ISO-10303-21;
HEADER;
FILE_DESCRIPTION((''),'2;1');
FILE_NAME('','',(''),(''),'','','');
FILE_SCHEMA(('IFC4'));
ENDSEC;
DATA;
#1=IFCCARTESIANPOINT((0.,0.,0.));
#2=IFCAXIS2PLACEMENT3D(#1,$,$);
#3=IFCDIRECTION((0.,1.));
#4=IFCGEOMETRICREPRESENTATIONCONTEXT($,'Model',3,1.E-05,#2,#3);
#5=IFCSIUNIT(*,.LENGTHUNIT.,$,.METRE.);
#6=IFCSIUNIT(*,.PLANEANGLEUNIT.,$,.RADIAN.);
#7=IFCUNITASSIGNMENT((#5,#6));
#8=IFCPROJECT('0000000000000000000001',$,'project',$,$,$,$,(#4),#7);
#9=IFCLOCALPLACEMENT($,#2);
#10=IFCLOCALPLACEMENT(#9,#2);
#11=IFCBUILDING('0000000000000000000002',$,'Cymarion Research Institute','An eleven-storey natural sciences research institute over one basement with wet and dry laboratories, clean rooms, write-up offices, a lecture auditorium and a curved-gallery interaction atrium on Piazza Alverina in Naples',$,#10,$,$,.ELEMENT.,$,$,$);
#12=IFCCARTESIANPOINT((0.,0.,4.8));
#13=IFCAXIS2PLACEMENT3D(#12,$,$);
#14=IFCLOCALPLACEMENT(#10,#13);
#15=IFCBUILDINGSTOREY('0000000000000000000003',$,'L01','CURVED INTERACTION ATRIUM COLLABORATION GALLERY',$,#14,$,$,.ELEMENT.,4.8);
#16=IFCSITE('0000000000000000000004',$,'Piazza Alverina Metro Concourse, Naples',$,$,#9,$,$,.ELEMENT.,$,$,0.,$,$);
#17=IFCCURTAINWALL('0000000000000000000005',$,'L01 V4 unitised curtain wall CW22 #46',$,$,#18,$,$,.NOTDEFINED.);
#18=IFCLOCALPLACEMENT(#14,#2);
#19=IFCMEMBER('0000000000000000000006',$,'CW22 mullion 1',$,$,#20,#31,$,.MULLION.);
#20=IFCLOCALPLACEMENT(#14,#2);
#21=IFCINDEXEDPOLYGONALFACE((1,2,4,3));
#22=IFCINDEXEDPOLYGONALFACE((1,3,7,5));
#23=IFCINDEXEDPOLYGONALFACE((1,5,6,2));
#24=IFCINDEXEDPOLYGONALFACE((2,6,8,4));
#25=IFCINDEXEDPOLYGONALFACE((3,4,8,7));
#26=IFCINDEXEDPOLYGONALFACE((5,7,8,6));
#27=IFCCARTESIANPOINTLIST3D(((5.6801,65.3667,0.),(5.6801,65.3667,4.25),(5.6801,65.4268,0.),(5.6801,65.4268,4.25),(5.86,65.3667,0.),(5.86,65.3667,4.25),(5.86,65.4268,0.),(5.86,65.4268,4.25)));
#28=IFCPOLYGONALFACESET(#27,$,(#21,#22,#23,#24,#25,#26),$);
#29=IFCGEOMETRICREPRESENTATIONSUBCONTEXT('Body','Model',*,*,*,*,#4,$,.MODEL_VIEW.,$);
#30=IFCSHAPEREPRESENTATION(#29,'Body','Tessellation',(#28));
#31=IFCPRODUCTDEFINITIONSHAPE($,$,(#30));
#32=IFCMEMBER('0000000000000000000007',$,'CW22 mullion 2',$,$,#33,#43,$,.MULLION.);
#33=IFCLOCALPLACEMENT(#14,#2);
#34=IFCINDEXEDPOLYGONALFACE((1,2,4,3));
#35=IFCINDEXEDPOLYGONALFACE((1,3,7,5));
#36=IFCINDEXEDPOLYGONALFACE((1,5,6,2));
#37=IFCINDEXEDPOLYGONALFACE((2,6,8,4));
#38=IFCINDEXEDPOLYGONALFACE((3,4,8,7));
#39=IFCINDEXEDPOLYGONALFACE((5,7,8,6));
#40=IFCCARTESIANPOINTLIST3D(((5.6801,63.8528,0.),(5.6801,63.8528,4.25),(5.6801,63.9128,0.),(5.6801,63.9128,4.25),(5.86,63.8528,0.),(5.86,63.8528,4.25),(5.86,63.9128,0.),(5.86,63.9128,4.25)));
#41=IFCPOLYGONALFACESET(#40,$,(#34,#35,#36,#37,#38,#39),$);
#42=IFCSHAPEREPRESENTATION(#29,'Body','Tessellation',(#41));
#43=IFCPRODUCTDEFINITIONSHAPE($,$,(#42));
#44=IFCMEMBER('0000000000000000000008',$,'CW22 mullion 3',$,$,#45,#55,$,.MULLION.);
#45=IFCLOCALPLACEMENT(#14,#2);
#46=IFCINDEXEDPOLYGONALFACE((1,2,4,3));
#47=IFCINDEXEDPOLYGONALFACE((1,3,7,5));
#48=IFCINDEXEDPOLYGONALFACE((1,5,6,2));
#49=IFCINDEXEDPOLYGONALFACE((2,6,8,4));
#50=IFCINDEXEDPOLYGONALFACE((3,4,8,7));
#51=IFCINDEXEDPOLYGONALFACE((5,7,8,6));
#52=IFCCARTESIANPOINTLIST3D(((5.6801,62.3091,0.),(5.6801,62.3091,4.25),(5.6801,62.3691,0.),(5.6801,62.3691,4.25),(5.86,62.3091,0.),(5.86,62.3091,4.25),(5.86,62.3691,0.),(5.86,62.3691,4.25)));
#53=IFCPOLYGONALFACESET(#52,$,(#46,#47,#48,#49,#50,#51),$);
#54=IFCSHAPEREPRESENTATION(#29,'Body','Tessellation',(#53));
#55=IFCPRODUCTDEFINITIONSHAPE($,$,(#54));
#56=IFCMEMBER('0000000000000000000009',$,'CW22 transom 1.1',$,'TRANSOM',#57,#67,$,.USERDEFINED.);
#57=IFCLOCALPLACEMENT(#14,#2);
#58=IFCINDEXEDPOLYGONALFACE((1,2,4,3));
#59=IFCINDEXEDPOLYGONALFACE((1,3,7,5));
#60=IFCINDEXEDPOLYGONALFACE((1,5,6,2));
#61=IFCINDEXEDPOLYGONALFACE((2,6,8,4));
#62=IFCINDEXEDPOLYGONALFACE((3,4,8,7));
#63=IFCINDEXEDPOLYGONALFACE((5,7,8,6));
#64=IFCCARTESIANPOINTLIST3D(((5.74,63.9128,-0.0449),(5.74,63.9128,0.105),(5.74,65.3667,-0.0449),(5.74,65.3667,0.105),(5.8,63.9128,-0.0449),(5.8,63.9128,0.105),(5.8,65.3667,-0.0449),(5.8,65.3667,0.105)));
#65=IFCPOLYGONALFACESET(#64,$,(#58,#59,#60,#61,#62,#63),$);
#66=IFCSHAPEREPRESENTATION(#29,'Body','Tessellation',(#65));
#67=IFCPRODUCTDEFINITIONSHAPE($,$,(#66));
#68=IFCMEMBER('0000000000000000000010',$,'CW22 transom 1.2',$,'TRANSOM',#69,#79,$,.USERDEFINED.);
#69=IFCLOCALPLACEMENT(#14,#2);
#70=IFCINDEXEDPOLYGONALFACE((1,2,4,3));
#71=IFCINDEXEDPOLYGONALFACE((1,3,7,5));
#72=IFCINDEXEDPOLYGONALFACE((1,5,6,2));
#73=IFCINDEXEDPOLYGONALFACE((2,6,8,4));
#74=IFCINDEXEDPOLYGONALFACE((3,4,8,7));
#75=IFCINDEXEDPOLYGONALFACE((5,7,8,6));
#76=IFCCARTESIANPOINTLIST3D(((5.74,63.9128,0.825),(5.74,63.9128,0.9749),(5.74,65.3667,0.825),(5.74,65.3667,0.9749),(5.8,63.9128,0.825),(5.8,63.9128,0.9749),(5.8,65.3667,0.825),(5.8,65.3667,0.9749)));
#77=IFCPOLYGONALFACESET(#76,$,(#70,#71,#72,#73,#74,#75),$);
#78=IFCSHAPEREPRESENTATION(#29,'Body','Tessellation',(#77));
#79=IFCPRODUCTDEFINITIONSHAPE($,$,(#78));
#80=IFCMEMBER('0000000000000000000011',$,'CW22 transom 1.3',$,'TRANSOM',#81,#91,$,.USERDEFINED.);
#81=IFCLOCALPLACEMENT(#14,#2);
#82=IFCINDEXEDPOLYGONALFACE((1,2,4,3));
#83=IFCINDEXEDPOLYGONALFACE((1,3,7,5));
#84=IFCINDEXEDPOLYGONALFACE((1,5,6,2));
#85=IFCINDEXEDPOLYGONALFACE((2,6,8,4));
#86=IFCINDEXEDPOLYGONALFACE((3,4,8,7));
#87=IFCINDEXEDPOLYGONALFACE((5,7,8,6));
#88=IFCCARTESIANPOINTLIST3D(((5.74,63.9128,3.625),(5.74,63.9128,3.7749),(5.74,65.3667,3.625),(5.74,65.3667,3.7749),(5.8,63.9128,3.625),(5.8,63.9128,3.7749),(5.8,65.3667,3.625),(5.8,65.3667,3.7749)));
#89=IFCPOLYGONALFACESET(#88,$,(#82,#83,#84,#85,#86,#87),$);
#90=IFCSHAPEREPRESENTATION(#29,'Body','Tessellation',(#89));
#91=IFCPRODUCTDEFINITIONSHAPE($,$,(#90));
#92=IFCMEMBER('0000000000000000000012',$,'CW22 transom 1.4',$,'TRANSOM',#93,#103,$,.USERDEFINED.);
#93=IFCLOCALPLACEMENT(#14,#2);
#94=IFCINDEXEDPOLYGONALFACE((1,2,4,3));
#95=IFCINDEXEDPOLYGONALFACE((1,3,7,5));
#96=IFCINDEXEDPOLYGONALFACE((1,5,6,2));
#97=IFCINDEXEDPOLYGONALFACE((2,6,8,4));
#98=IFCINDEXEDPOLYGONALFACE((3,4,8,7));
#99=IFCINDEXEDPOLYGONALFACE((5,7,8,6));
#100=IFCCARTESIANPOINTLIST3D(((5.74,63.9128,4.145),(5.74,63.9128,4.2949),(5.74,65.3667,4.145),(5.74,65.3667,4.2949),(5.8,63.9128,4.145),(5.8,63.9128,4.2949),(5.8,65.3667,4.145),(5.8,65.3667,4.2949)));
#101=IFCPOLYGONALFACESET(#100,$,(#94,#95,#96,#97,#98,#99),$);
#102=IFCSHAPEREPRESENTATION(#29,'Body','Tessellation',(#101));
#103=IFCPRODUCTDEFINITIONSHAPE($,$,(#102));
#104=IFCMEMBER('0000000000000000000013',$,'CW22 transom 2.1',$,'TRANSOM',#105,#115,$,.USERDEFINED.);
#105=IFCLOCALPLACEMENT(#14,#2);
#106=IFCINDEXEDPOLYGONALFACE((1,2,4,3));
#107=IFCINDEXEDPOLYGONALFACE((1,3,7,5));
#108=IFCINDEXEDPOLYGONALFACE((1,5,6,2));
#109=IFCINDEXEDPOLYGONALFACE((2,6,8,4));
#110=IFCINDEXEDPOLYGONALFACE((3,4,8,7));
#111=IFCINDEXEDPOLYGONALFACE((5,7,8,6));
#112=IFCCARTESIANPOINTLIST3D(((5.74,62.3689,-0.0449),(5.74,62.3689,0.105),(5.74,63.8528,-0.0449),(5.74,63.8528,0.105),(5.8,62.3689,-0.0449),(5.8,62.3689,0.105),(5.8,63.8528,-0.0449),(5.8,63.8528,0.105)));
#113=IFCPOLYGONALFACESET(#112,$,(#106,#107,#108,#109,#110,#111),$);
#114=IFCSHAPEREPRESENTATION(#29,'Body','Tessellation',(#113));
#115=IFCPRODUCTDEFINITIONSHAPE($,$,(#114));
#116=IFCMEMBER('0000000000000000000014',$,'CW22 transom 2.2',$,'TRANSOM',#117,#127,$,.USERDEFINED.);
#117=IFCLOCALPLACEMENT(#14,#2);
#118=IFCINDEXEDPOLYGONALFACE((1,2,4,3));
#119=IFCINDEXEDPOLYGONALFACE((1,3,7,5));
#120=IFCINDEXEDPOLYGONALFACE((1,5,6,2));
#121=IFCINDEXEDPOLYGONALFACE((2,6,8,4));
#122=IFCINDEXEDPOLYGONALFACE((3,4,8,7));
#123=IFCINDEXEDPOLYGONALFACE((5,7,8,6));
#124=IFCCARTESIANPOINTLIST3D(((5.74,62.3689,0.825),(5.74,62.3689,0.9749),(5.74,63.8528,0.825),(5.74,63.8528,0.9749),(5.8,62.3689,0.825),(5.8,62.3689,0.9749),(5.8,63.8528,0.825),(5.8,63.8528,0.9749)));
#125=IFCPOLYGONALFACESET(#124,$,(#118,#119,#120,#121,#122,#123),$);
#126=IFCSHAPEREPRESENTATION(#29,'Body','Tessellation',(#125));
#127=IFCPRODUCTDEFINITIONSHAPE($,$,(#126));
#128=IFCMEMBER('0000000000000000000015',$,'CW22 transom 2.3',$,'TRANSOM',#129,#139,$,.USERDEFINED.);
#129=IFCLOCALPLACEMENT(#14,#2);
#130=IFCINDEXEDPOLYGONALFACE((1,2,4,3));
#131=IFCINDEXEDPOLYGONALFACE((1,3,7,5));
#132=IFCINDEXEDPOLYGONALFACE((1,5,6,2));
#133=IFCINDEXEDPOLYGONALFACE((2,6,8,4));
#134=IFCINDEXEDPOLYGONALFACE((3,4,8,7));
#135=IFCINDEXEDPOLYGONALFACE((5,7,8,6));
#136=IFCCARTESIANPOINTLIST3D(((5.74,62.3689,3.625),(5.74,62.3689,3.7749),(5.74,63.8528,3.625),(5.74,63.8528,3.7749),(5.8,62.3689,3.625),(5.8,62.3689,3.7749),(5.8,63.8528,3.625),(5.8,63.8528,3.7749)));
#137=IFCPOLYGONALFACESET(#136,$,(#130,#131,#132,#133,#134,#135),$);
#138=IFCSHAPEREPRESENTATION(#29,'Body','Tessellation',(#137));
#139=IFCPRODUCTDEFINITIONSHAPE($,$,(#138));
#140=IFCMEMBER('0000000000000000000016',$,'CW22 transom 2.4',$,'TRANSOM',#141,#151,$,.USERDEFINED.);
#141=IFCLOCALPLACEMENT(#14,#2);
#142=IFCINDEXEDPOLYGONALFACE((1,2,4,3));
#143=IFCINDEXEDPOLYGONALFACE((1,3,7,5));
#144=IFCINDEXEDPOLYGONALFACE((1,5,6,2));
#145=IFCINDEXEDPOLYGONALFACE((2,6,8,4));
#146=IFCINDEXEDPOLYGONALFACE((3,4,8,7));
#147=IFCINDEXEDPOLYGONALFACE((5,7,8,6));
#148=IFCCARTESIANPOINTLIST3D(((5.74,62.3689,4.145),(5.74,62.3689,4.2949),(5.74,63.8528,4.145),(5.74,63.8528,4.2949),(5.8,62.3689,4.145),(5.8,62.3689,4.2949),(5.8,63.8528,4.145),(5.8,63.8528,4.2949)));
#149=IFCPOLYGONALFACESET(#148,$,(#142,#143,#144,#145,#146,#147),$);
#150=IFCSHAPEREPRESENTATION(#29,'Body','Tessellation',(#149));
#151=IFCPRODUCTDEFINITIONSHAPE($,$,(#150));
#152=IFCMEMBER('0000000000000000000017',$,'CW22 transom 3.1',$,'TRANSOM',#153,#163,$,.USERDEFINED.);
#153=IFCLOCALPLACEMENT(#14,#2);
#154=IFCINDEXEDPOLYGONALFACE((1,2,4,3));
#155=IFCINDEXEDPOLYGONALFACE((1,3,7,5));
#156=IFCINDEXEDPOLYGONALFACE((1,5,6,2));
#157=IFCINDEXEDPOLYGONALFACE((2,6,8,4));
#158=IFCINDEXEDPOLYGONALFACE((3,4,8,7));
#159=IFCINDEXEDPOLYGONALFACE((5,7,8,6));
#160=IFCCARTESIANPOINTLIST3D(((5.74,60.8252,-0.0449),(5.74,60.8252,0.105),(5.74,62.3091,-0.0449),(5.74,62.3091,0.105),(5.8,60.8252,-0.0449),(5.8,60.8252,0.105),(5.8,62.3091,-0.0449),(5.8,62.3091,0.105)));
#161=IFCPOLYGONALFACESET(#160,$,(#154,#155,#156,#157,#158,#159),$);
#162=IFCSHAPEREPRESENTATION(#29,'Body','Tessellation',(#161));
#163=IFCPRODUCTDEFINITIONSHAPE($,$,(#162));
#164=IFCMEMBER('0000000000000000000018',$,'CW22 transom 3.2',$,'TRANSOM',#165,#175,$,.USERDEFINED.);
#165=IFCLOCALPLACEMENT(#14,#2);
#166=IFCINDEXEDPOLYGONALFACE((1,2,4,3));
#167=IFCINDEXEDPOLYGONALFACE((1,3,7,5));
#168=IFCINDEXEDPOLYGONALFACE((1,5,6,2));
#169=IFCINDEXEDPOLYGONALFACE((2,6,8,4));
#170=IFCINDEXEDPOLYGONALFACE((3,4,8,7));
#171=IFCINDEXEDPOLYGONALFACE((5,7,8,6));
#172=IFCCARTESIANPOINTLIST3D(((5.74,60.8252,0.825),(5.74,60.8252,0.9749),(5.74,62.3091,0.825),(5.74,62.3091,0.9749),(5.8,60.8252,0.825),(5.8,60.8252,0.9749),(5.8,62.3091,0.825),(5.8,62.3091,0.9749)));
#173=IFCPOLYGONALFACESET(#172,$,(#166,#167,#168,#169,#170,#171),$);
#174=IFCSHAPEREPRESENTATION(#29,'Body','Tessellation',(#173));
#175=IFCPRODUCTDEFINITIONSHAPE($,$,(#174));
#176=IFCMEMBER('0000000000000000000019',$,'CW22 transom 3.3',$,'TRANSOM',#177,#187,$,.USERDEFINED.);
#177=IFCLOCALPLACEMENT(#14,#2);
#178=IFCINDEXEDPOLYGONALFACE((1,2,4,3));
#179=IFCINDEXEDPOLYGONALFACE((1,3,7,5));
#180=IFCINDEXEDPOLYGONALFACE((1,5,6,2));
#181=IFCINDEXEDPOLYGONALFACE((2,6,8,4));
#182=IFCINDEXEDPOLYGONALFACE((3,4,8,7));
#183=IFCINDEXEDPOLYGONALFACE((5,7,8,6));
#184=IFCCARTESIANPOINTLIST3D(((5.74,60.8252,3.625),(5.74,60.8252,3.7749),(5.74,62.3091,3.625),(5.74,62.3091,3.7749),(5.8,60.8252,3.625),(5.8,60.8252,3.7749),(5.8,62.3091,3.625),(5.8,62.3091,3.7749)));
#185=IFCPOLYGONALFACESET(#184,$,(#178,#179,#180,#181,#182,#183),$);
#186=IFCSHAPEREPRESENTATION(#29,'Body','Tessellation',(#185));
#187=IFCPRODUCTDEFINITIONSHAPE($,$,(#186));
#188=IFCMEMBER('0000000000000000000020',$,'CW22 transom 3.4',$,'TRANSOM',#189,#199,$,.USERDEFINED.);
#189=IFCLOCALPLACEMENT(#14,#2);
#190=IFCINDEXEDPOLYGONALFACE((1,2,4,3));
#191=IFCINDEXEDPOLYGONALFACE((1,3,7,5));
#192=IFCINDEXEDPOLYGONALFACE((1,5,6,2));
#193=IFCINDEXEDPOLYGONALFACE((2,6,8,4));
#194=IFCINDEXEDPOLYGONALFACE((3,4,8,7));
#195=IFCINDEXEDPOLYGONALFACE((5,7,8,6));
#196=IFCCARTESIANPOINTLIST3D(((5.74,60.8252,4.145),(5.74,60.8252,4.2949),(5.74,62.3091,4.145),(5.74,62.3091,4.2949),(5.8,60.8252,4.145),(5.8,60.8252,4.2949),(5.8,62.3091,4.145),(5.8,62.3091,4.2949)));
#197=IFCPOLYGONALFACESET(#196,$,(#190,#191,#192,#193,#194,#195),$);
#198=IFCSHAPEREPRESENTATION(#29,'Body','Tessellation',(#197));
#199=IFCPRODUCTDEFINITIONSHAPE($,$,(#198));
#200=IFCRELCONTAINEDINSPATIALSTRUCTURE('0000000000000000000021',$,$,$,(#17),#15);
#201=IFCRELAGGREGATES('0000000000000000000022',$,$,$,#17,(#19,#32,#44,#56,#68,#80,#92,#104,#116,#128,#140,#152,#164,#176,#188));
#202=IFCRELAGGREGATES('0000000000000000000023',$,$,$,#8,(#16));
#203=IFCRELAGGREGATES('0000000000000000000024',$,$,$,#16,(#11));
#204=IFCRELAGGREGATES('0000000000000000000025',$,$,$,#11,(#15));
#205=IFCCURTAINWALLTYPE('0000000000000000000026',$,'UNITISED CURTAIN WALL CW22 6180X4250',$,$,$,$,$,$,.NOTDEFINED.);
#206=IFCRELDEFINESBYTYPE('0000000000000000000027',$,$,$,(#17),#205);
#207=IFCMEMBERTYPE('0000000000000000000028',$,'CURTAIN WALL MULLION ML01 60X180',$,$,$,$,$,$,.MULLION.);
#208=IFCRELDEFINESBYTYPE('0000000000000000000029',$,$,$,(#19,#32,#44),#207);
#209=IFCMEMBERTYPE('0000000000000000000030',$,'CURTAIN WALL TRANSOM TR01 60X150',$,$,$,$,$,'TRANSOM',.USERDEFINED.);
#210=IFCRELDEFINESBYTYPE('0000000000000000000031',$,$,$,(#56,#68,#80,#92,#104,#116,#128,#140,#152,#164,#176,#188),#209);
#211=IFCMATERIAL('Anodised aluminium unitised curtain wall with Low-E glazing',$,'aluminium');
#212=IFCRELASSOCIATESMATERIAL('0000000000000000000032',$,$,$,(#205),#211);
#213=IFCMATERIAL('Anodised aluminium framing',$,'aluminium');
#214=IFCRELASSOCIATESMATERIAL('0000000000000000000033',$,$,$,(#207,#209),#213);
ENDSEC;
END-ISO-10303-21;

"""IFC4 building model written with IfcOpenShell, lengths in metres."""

from ifc_helpers import new_model, si_unit, direction, frame, origin, origin_2d, place, context, subcontext, project, spatial, rectangle, extrude, material, material_profile, profile_set, type_object, element, aggregate, save


model = new_model("IFC4")

# Units and contexts
model_context = context("Model", 3, precision=1e-05, world=origin(), true_north=direction((0.0, 1.0)))
body_context = subcontext(model_context, "Body", "Model", "MODEL_VIEW")
ifc_project = project(units=[si_unit("LENGTHUNIT", "METRE"), si_unit("PLANEANGLEUNIT", "RADIAN")], contexts=[model_context])

# Site, building, storey
site_placement = place(None, origin())
site = spatial("IfcSite", under=ifc_project, at=site_placement, Name="Piazza Alverina Metro Concourse, Naples", CompositionType="ELEMENT", RefElevation=0.0)
building_placement = place(site_placement, origin())
building = spatial("IfcBuilding", under=site, at=building_placement, Name="Cymarion Research Institute", Description="An eleven-storey natural sciences research institute over one basement with wet and dry laboratories, clean rooms, write-up offices, a lecture auditorium and a curved-gallery interaction atrium on Piazza Alverina in Naples", CompositionType="ELEMENT")
storey_placement = place(building_placement, frame((0.0, 0.0, 4.8)))
storey = spatial("IfcBuildingStorey", under=building, at=storey_placement, Name="L01", Description="CURVED INTERACTION ATRIUM COLLABORATION GALLERY", CompositionType="ELEMENT", Elevation=4.8)

# Curtain wall, members
ifc_material_1 = material(Name="Anodised aluminium unitised curtain wall with Low-E glazing", Category="aluminium")
curtain_wall_type = type_object("IfcCurtainWallType", Name="UNITISED CURTAIN WALL CW22 6180X4250", PredefinedType="NOTDEFINED", material=ifc_material_1)
curtain_wall_placement = place(storey_placement, origin())
curtain_wall = element("IfcCurtainWall", 1, at=curtain_wall_placement, inside=storey, type_object=curtain_wall_type, Name="L01 V4 unitised curtain wall CW22 #46", PredefinedType="NOTDEFINED")
ifc_material_2 = material(Name="Anodised aluminium framing", Category="aluminium")
ifc_material_profile_1 = material_profile(ifc_material_2, rectangle(XDim=0.0601, YDim=0.1799, at=origin_2d()), Name="ALU MULLION 60x180")
ifc_profile_set_1 = profile_set([ifc_material_profile_1], Name="Anodised aluminium framing")
member_type_1 = type_object("IfcMemberType", Name="CURTAIN WALL MULLION ML01 60X180", PredefinedType="MULLION", material=ifc_profile_set_1)
member_1_placement = place(storey_placement, frame((5.77, 65.3967, 0.0), z_axis=(0.0, 0.0, 1.0), x_axis=(0.0, -1.0, 0.0)))
member_1 = element("IfcMember", 2, at=member_1_placement, type_object=member_type_1, Name="CW22 mullion 1", PredefinedType="MULLION", context=body_context, shape_type="SweptSolid", body=[
    extrude(rectangle(XDim=0.0601, YDim=0.1799, at=origin_2d()), origin(), (0.0, 0.0, 1.0), 4.25),
])
member_2_placement = place(storey_placement, frame((5.77, 63.8828, 0.0), z_axis=(0.0, 0.0, 1.0), x_axis=(0.0, -1.0, 0.0)))
member_2 = element("IfcMember", 3, at=member_2_placement, type_object=member_type_1, Name="CW22 mullion 2", PredefinedType="MULLION", context=body_context, shape_type="SweptSolid", body=[
    extrude(rectangle(XDim=0.0601, YDim=0.1799, at=origin_2d()), origin(), (0.0, 0.0, 1.0), 4.25),
])
member_3_placement = place(storey_placement, frame((5.77, 62.3391, 0.0), z_axis=(0.0, 0.0, 1.0), x_axis=(0.0, -1.0, 0.0)))
member_3 = element("IfcMember", 4, at=member_3_placement, type_object=member_type_1, Name="CW22 mullion 3", PredefinedType="MULLION", context=body_context, shape_type="SweptSolid", body=[
    extrude(rectangle(XDim=0.0601, YDim=0.1799, at=origin_2d()), origin(), (0.0, 0.0, 1.0), 4.25),
])
ifc_material_profile_2 = material_profile(ifc_material_2, rectangle(XDim=0.0601, YDim=0.1499, at=origin_2d()), Name="ALU TRANSOM 60x150")
ifc_profile_set_2 = profile_set([ifc_material_profile_2], Name="Anodised aluminium framing")
member_type_2 = type_object("IfcMemberType", Name="CURTAIN WALL TRANSOM TR01 60X150", ElementType="TRANSOM", PredefinedType="USERDEFINED", material=ifc_profile_set_2)
member_4_placement = place(storey_placement, frame((5.77, 65.3667, 0.03), z_axis=(0.0, -1.0, 0.0), x_axis=(1.0, 0.0, 0.0)))
member_4 = element("IfcMember", 5, at=member_4_placement, type_object=member_type_2, Name="CW22 transom 1.1", ObjectType="TRANSOM", PredefinedType="USERDEFINED", context=body_context, shape_type="SweptSolid", body=[
    extrude(rectangle(XDim=0.0601, YDim=0.1499, at=origin_2d()), origin(), (0.0, 0.0, 1.0), 1.4539),
])
member_5_placement = place(storey_placement, frame((5.77, 65.3667, 0.8999), z_axis=(0.0, -1.0, 0.0), x_axis=(1.0, 0.0, 0.0)))
member_5 = element("IfcMember", 6, at=member_5_placement, type_object=member_type_2, Name="CW22 transom 1.2", ObjectType="TRANSOM", PredefinedType="USERDEFINED", context=body_context, shape_type="SweptSolid", body=[
    extrude(rectangle(XDim=0.0601, YDim=0.1499, at=origin_2d()), origin(), (0.0, 0.0, 1.0), 1.4539),
])
member_6_placement = place(storey_placement, frame((5.77, 65.3667, 3.7), z_axis=(0.0, -1.0, 0.0), x_axis=(1.0, 0.0, 0.0)))
member_6 = element("IfcMember", 7, at=member_6_placement, type_object=member_type_2, Name="CW22 transom 1.3", ObjectType="TRANSOM", PredefinedType="USERDEFINED", context=body_context, shape_type="SweptSolid", body=[
    extrude(rectangle(XDim=0.0601, YDim=0.1499, at=origin_2d()), origin(), (0.0, 0.0, 1.0), 1.4539),
])
member_7_placement = place(storey_placement, frame((5.77, 65.3667, 4.22), z_axis=(0.0, -1.0, 0.0), x_axis=(1.0, 0.0, 0.0)))
member_7 = element("IfcMember", 8, at=member_7_placement, type_object=member_type_2, Name="CW22 transom 1.4", ObjectType="TRANSOM", PredefinedType="USERDEFINED", context=body_context, shape_type="SweptSolid", body=[
    extrude(rectangle(XDim=0.0601, YDim=0.1499, at=origin_2d()), origin(), (0.0, 0.0, 1.0), 1.4539),
])
member_8_placement = place(storey_placement, frame((5.77, 63.8528, 0.03), z_axis=(0.0, -1.0, 0.0), x_axis=(1.0, 0.0, 0.0)))
member_8 = element("IfcMember", 9, at=member_8_placement, type_object=member_type_2, Name="CW22 transom 2.1", ObjectType="TRANSOM", PredefinedType="USERDEFINED", context=body_context, shape_type="SweptSolid", body=[
    extrude(rectangle(XDim=0.0601, YDim=0.1499, at=origin_2d()), origin(), (0.0, 0.0, 1.0), 1.4839),
])
member_9_placement = place(storey_placement, frame((5.77, 63.8528, 0.8999), z_axis=(0.0, -1.0, 0.0), x_axis=(1.0, 0.0, 0.0)))
member_9 = element("IfcMember", 10, at=member_9_placement, type_object=member_type_2, Name="CW22 transom 2.2", ObjectType="TRANSOM", PredefinedType="USERDEFINED", context=body_context, shape_type="SweptSolid", body=[
    extrude(rectangle(XDim=0.0601, YDim=0.1499, at=origin_2d()), origin(), (0.0, 0.0, 1.0), 1.4839),
])
member_10_placement = place(storey_placement, frame((5.77, 63.8528, 3.7), z_axis=(0.0, -1.0, 0.0), x_axis=(1.0, 0.0, 0.0)))
member_10 = element("IfcMember", 11, at=member_10_placement, type_object=member_type_2, Name="CW22 transom 2.3", ObjectType="TRANSOM", PredefinedType="USERDEFINED", context=body_context, shape_type="SweptSolid", body=[
    extrude(rectangle(XDim=0.0601, YDim=0.1499, at=origin_2d()), origin(), (0.0, 0.0, 1.0), 1.4839),
])
member_11_placement = place(storey_placement, frame((5.77, 63.8528, 4.22), z_axis=(0.0, -1.0, 0.0), x_axis=(1.0, 0.0, 0.0)))
member_11 = element("IfcMember", 12, at=member_11_placement, type_object=member_type_2, Name="CW22 transom 2.4", ObjectType="TRANSOM", PredefinedType="USERDEFINED", context=body_context, shape_type="SweptSolid", body=[
    extrude(rectangle(XDim=0.0601, YDim=0.1499, at=origin_2d()), origin(), (0.0, 0.0, 1.0), 1.4839),
])
member_12_placement = place(storey_placement, frame((5.77, 62.3091, 0.03), z_axis=(0.0, -1.0, 0.0), x_axis=(1.0, 0.0, 0.0)))
member_12 = element("IfcMember", 13, at=member_12_placement, type_object=member_type_2, Name="CW22 transom 3.1", ObjectType="TRANSOM", PredefinedType="USERDEFINED", context=body_context, shape_type="SweptSolid", body=[
    extrude(rectangle(XDim=0.0601, YDim=0.1499, at=origin_2d()), origin(), (0.0, 0.0, 1.0), 1.4839),
])
member_13_placement = place(storey_placement, frame((5.77, 62.3091, 0.8999), z_axis=(0.0, -1.0, 0.0), x_axis=(1.0, 0.0, 0.0)))
member_13 = element("IfcMember", 14, at=member_13_placement, type_object=member_type_2, Name="CW22 transom 3.2", ObjectType="TRANSOM", PredefinedType="USERDEFINED", context=body_context, shape_type="SweptSolid", body=[
    extrude(rectangle(XDim=0.0601, YDim=0.1499, at=origin_2d()), origin(), (0.0, 0.0, 1.0), 1.4839),
])
member_14_placement = place(storey_placement, frame((5.77, 62.3091, 3.7), z_axis=(0.0, -1.0, 0.0), x_axis=(1.0, 0.0, 0.0)))
member_14 = element("IfcMember", 15, at=member_14_placement, type_object=member_type_2, Name="CW22 transom 3.3", ObjectType="TRANSOM", PredefinedType="USERDEFINED", context=body_context, shape_type="SweptSolid", body=[
    extrude(rectangle(XDim=0.0601, YDim=0.1499, at=origin_2d()), origin(), (0.0, 0.0, 1.0), 1.4839),
])
member_15_placement = place(storey_placement, frame((5.77, 62.3091, 4.22), z_axis=(0.0, -1.0, 0.0), x_axis=(1.0, 0.0, 0.0)))
member_15 = element("IfcMember", 16, at=member_15_placement, type_object=member_type_2, Name="CW22 transom 3.4", ObjectType="TRANSOM", PredefinedType="USERDEFINED", context=body_context, shape_type="SweptSolid", body=[
    extrude(rectangle(XDim=0.0601, YDim=0.1499, at=origin_2d()), origin(), (0.0, 0.0, 1.0), 1.4839),
])
aggregate(curtain_wall, [member_1, member_2, member_3, member_4, member_5, member_6, member_7, member_8, member_9, member_10, member_11, member_12, member_13, member_14, member_15])

save(model, "model.ifc")
